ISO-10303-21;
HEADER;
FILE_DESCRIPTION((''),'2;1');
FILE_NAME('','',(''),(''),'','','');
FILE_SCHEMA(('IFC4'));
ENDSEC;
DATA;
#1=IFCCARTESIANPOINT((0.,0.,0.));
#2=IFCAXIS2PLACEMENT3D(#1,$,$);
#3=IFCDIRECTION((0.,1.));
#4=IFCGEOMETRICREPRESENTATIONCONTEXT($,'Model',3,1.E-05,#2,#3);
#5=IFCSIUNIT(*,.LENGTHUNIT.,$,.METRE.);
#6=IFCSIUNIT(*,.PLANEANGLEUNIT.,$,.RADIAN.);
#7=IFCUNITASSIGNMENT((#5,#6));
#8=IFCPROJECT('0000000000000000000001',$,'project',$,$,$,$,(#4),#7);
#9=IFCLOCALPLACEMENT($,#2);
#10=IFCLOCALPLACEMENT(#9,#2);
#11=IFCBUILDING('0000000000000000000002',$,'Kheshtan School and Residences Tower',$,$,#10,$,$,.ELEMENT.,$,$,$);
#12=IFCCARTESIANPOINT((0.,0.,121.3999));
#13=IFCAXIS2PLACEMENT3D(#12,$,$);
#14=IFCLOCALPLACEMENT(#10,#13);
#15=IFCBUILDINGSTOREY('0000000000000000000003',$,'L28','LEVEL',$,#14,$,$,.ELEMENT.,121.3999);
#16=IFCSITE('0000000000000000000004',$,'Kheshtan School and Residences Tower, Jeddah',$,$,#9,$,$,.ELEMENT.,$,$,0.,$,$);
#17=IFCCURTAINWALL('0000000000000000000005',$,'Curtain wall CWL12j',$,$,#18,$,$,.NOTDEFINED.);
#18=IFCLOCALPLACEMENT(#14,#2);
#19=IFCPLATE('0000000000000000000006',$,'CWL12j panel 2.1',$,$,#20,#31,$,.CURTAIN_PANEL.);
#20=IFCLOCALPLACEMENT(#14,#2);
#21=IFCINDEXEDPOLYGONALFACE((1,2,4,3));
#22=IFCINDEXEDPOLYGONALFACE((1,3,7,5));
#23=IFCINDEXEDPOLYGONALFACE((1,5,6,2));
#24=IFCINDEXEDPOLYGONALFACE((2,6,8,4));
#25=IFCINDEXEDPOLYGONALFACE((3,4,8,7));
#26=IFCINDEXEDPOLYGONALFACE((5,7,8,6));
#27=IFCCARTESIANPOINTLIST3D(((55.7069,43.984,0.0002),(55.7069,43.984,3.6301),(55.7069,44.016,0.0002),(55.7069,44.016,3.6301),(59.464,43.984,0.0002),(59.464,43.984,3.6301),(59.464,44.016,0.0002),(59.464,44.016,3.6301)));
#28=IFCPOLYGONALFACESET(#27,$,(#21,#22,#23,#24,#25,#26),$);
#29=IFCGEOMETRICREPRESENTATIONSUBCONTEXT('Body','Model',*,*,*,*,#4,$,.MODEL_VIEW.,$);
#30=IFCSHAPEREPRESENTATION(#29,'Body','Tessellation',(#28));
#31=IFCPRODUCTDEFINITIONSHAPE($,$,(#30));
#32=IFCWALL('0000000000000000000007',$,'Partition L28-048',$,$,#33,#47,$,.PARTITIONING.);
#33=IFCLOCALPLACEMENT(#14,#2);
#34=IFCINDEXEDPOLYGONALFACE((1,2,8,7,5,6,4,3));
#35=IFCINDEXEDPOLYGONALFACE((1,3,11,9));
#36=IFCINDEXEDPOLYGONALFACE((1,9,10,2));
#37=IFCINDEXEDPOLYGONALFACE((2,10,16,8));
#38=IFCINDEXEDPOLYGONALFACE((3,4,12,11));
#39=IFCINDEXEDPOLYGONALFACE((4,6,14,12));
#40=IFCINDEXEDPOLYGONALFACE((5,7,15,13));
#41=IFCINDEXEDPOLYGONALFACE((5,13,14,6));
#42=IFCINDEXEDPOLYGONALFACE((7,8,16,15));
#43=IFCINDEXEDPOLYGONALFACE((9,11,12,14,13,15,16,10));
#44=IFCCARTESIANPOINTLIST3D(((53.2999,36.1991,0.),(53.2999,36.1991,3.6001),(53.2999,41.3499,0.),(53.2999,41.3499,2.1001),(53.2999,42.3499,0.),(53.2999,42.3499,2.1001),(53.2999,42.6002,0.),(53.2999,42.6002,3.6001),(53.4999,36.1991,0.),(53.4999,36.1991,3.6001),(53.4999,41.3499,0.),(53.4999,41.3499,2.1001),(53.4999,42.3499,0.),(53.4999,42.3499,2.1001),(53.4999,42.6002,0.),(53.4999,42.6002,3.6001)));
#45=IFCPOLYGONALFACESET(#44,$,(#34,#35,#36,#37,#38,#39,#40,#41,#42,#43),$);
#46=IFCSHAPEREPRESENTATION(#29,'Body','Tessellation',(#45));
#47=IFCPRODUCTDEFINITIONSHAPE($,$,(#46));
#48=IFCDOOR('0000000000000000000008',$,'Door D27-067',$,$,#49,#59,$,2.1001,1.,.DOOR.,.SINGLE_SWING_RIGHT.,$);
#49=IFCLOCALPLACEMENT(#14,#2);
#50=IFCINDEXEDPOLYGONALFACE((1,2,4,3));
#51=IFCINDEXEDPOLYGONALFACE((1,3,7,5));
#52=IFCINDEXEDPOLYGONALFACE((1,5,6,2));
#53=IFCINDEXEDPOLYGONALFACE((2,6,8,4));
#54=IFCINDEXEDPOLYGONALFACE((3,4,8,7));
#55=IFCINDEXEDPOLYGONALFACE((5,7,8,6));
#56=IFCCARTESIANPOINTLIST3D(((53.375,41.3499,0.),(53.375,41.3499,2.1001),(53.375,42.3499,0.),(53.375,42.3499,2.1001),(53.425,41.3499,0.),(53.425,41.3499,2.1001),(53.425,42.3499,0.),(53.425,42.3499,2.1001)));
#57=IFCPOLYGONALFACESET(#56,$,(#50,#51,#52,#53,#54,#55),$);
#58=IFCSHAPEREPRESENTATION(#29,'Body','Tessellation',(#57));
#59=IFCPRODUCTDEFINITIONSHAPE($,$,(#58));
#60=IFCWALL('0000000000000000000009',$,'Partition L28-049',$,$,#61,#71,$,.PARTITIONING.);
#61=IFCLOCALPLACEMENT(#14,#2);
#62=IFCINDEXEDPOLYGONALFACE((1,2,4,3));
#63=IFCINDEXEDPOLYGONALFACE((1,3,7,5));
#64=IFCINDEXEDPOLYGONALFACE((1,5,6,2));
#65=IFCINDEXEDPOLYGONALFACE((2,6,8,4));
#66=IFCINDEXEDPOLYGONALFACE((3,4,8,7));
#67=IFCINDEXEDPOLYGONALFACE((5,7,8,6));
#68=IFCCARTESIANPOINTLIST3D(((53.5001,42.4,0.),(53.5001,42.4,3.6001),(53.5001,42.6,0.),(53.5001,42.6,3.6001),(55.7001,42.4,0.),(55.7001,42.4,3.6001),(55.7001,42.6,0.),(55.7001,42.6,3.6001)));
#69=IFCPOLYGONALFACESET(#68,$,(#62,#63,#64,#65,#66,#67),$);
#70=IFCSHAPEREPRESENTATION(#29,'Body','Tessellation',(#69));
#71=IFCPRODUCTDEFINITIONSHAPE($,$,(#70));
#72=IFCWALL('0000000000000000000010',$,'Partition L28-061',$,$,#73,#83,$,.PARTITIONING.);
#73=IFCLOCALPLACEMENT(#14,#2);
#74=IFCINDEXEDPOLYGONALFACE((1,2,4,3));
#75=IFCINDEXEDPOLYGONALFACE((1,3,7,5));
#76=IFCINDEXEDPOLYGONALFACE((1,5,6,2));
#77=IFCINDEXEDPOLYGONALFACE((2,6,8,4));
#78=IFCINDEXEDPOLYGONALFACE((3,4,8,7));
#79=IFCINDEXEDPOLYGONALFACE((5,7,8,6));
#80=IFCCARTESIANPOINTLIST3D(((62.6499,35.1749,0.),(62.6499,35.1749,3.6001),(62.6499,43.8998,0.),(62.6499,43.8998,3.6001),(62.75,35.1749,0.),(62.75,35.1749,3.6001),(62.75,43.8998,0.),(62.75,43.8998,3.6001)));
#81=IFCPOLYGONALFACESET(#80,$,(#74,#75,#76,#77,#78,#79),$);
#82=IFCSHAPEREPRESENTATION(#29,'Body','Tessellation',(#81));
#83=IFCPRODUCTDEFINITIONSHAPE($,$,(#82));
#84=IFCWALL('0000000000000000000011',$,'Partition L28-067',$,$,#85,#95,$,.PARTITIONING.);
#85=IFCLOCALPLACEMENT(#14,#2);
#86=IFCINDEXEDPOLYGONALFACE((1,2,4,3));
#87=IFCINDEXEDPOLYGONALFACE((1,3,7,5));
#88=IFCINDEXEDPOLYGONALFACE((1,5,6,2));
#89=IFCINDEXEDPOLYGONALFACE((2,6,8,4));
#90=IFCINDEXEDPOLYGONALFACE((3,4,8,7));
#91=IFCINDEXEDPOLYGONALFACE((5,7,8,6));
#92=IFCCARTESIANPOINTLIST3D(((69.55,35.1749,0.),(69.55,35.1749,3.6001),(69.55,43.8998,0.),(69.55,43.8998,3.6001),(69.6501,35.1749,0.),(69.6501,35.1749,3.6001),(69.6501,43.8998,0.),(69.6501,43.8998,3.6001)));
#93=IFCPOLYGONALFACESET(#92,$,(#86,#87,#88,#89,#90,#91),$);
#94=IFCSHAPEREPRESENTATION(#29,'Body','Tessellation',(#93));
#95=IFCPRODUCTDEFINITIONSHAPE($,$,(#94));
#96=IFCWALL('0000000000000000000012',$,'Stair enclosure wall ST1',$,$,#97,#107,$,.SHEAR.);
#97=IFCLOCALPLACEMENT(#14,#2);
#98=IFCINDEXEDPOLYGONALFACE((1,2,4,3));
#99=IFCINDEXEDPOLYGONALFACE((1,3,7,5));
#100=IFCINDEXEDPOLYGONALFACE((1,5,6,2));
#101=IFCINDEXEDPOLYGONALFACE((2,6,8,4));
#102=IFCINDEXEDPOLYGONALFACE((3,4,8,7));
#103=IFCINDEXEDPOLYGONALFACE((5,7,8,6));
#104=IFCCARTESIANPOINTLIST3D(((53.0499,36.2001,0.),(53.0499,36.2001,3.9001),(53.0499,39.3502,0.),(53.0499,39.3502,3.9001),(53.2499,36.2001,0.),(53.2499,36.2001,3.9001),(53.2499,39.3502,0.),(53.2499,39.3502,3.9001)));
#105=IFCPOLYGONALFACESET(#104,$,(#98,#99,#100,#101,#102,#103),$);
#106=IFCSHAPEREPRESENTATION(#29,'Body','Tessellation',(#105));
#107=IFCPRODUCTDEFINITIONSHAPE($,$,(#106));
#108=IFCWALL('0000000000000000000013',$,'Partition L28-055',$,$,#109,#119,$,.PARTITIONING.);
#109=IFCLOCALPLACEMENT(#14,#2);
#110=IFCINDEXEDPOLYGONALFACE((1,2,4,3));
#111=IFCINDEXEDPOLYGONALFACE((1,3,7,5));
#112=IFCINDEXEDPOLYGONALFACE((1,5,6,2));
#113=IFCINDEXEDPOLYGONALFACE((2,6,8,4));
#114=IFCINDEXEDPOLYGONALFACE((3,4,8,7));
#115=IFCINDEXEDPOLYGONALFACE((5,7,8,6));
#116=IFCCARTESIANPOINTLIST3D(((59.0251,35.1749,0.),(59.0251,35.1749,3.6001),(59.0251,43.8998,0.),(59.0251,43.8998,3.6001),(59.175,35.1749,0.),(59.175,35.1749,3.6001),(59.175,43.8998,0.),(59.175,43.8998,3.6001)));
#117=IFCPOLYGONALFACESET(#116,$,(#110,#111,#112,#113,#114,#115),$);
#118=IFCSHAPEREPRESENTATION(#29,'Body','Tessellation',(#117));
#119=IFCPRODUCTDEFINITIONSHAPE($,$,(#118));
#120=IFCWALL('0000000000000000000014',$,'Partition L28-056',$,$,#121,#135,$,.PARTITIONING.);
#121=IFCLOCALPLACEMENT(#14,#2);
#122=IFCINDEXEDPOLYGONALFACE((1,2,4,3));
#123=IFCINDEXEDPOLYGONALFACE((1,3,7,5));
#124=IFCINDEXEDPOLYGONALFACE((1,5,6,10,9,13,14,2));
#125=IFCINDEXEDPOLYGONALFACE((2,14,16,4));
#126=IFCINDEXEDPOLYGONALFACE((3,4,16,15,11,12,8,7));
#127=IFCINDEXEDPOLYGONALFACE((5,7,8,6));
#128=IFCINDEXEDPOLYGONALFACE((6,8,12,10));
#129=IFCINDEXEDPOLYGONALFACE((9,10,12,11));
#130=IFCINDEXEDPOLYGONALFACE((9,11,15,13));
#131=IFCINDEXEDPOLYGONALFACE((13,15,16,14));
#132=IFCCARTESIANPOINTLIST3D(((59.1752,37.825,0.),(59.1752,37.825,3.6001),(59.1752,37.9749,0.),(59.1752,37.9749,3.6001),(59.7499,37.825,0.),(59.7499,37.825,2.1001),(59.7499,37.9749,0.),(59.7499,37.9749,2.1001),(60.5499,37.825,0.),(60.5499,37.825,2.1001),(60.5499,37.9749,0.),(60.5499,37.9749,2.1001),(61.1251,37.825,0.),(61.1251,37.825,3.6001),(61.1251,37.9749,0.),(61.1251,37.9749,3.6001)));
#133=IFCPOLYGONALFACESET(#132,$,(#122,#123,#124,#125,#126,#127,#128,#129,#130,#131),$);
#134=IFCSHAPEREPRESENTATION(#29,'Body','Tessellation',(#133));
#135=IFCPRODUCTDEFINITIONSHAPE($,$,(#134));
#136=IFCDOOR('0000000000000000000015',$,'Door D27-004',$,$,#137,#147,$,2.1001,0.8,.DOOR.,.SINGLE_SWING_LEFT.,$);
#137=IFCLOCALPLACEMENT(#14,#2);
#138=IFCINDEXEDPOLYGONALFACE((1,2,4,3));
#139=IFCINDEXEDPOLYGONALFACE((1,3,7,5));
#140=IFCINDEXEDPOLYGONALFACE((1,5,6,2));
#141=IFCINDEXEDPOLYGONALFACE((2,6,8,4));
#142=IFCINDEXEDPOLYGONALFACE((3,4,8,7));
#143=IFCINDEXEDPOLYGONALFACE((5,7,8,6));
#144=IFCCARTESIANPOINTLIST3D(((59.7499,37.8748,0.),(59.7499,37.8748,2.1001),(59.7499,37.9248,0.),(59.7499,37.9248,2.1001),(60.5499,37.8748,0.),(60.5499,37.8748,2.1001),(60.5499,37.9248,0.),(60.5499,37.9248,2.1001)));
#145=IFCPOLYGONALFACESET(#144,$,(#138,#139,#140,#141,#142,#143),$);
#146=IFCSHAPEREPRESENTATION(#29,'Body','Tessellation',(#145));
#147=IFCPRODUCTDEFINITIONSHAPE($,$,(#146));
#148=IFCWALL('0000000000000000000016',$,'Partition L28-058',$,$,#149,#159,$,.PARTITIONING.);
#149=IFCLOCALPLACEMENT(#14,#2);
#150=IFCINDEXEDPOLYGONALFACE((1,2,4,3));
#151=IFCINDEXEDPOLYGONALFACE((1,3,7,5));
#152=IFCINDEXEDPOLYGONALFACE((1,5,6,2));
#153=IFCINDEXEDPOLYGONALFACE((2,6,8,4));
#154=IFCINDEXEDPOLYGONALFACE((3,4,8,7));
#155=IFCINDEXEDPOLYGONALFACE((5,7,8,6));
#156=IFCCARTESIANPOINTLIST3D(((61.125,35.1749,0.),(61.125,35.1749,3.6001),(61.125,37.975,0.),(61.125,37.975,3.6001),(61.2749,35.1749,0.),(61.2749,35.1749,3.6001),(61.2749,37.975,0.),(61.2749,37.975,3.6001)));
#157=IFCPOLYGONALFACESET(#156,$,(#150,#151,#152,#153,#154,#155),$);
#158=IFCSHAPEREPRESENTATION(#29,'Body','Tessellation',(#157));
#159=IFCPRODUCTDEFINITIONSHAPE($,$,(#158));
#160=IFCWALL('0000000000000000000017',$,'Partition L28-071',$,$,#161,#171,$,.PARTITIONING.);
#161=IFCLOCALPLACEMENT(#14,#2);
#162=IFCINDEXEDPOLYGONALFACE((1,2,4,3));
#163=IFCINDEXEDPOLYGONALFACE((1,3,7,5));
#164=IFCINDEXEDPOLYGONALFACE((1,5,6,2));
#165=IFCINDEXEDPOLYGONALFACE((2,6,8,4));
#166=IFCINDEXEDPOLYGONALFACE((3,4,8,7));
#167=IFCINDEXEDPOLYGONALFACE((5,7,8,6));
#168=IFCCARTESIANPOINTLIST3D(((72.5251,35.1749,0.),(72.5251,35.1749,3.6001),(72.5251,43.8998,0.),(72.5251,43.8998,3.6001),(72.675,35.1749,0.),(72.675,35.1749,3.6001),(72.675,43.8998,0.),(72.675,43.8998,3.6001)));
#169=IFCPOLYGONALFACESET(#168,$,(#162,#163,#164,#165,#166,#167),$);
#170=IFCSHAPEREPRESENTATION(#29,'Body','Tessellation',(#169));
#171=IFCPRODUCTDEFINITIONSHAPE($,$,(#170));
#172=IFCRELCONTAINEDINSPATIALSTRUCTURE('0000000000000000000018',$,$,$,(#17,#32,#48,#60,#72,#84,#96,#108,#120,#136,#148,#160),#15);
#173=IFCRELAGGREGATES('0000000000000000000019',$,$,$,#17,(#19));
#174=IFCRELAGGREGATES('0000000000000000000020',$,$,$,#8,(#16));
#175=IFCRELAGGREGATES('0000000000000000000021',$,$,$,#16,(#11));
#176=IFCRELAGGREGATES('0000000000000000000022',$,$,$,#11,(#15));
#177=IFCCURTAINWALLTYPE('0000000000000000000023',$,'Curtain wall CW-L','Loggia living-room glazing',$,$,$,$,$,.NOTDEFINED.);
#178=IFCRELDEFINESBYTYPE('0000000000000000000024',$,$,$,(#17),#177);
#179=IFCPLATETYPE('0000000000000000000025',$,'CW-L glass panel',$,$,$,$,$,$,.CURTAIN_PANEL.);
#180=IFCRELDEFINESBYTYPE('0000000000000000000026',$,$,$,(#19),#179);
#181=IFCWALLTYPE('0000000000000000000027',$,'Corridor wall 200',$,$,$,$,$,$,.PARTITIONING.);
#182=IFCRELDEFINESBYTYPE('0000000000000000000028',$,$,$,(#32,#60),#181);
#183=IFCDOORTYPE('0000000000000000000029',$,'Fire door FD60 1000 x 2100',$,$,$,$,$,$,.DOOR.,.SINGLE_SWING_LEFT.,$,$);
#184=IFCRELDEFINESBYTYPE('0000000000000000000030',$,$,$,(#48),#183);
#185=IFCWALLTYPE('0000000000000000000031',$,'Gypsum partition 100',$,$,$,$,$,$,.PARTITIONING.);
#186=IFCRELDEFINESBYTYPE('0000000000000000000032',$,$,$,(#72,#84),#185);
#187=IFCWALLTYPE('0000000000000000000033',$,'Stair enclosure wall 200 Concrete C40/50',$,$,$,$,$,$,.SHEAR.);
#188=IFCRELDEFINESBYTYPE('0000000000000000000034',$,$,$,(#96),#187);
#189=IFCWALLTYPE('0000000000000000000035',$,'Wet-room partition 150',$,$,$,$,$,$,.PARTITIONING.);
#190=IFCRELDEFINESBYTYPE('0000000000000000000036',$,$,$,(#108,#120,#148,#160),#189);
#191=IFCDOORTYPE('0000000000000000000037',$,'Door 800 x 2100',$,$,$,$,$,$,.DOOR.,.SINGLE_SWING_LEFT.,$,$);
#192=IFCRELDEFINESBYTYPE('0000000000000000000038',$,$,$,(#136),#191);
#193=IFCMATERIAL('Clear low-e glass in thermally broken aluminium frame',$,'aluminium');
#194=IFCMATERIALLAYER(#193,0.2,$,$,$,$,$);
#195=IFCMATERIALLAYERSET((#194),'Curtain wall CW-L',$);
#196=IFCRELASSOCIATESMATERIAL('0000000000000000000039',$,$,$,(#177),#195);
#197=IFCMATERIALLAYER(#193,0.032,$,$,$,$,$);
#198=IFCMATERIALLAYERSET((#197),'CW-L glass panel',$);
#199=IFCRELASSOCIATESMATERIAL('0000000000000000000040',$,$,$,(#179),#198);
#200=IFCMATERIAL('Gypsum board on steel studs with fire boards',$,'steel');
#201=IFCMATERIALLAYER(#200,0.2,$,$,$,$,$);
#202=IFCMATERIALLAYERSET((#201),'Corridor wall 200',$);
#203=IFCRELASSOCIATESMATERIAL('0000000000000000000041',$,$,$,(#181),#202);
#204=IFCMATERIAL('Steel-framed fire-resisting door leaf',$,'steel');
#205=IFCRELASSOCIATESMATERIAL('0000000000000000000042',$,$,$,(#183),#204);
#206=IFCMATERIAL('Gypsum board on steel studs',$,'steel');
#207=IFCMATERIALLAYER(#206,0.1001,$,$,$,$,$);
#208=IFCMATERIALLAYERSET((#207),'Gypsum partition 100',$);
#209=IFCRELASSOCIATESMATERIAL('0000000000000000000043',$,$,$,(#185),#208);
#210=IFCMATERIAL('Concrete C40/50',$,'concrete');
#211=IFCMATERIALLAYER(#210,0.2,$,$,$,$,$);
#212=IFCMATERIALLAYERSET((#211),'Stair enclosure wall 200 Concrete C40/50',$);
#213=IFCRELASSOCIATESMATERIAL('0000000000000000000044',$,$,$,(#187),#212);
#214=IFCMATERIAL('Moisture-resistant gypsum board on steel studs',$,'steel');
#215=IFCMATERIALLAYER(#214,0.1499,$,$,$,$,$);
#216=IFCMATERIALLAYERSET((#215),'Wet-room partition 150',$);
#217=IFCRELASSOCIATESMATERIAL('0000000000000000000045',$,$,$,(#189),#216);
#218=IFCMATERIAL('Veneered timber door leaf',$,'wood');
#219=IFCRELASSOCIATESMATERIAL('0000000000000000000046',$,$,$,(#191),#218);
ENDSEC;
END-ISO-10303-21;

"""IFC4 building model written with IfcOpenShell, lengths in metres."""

from ifc_helpers import new_model, si_unit, direction, frame, frame_2d, origin, origin_2d, place, context, subcontext, project, spatial, rectangle, extrude, source, transform, mapped, material, layer, layer_set, type_object, element, fill, aggregate, save


model = new_model("IFC4")

# Units and contexts
model_context = context("Model", 3, precision=1e-05, world=origin(), true_north=direction((0.0, 1.0)))
body_context = subcontext(model_context, "Body", "Model", "MODEL_VIEW")
ifc_project = project(units=[si_unit("LENGTHUNIT", "METRE"), si_unit("PLANEANGLEUNIT", "RADIAN")], contexts=[model_context])

# Site, building, storey
site_placement = place(None, origin())
site = spatial("IfcSite", under=ifc_project, at=site_placement, Name="Kheshtan School and Residences Tower, Jeddah", CompositionType="ELEMENT", RefElevation=0.0)
building_placement = place(site_placement, origin())
building = spatial("IfcBuilding", under=site, at=building_placement, Name="Kheshtan School and Residences Tower", CompositionType="ELEMENT")
storey_placement = place(building_placement, frame((0.0, 0.0, 121.3999)))
storey = spatial("IfcBuildingStorey", under=building, at=storey_placement, Name="L28", Description="LEVEL", CompositionType="ELEMENT", Elevation=121.3999)

# Curtain wall, plate
ifc_material_1 = material(Name="Clear low-e glass in thermally broken aluminium frame", Category="aluminium")
ifc_layer_1 = layer(ifc_material_1, 0.2)
ifc_layer_set_1 = layer_set([ifc_layer_1], Name="Curtain wall CW-L")
curtain_wall_type = type_object("IfcCurtainWallType", Name="Curtain wall CW-L", Description="Loggia living-room glazing", PredefinedType="NOTDEFINED", material=ifc_layer_set_1)
curtain_wall_placement = place(storey_placement, origin())
curtain_wall = element("IfcCurtainWall", 1, at=curtain_wall_placement, inside=storey, type_object=curtain_wall_type, Name="Curtain wall CWL12j", PredefinedType="NOTDEFINED")
ifc_layer_2 = layer(ifc_material_1, 0.032)
ifc_layer_set_2 = layer_set([ifc_layer_2], Name="CW-L glass panel")
plate_type = type_object("IfcPlateType", Name="CW-L glass panel", PredefinedType="CURTAIN_PANEL", material=ifc_layer_set_2)
plate_1_placement = place(storey_placement, frame((57.5854, 44.0, 0.0002), z_axis=(0.0, 0.0, 1.0), x_axis=(1.0, 0.0, 0.0)))
plate_1 = element("IfcPlate", 2, at=plate_1_placement, type_object=plate_type, Name="CWL12j panel 2.1", PredefinedType="CURTAIN_PANEL", context=body_context, shape_type="SweptSolid", body=[
    extrude(rectangle(XDim=3.7571, YDim=0.032, at=origin_2d()), origin(), (0.0, 0.0, 1.0), 3.6299),
])
aggregate(curtain_wall, [plate_1])

# Wall, opening, door
ifc_material_2 = material(Name="Gypsum board on steel studs with fire boards", Category="steel")
ifc_layer_3 = layer(ifc_material_2, 0.2)
ifc_layer_set_3 = layer_set([ifc_layer_3], Name="Corridor wall 200")
wall_type_1 = type_object("IfcWallType", Name="Corridor wall 200", PredefinedType="PARTITIONING", material=ifc_layer_set_3)
wall_1_placement = place(storey_placement, frame((53.3999, 36.199, 0.0), z_axis=(0.0, 0.0, 1.0), x_axis=(0.0, 1.0, 0.0)))
wall_1 = element("IfcWall", 3, at=wall_1_placement, inside=storey, type_object=wall_type_1, Name="Partition L28-048", PredefinedType="PARTITIONING", context=body_context, shape_type="SweptSolid", body=[
    extrude(rectangle(XDim=6.4011, YDim=0.2, at=frame_2d((3.2007, 0.0))), origin(), (0.0, 0.0, 1.0), 3.6001),
])
opening_1_placement = place(wall_1_placement, frame((5.1509, 0.0, 0.0)))
opening_1 = element("IfcOpeningElement", 4, at=opening_1_placement, cuts=wall_1, PredefinedType="OPENING", context=body_context, shape_type="SweptSolid", body=[
    extrude(rectangle(XDim=1.0, YDim=2.1001, at=frame_2d((0.5, 1.05))), frame((0.0, 0.1099, 0.0), z_axis=(0.0, -1.0, 0.0), x_axis=(1.0, 0.0, 0.0)), (0.0, 0.0, 1.0), 0.22),
])
ifc_material_3 = material(Name="Steel-framed fire-resisting door leaf", Category="steel")
door_type_1 = type_object("IfcDoorType", Name="Fire door FD60 1000 x 2100", OperationType="SINGLE_SWING_LEFT", PredefinedType="DOOR", material=ifc_material_3)
shared_shape_1 = source(origin(), body_context, "Body", "SweptSolid", [
    extrude(rectangle(XDim=1.0, YDim=2.1001, at=frame_2d((0.5, 1.05))), frame((0.0, 0.0249, 0.0), z_axis=(0.0, -1.0, 0.0), x_axis=(1.0, 0.0, 0.0)), (0.0, 0.0, 1.0), 0.05),
])
door_1_placement = place(opening_1_placement, origin())
door_1 = element("IfcDoor", 5, at=door_1_placement, inside=storey, type_object=door_type_1, Name="Door D27-067", OperationType="SINGLE_SWING_RIGHT", OverallHeight=2.1001, OverallWidth=1.0, PredefinedType="DOOR", context=body_context, shape_type="MappedRepresentation", body=[
    mapped(shared_shape_1, transform((0.0, 0.0, 0.0), x_axis=(1.0, 0.0, 0.0), y_axis=(0.0, 1.0, 0.0), z_axis=(0.0, 0.0, 1.0), scale=1.0)),
])
fill(opening_1, door_1)

# Wall
wall_2_placement = place(storey_placement, frame((53.5, 42.5, 0.0), z_axis=(0.0, 0.0, 1.0), x_axis=(1.0, 0.0, 0.0)))
element("IfcWall", 6, at=wall_2_placement, inside=storey, type_object=wall_type_1, Name="Partition L28-049", PredefinedType="PARTITIONING", context=body_context, shape_type="SweptSolid", body=[
    extrude(rectangle(XDim=2.2, YDim=0.2, at=frame_2d((1.1001, 0.0))), origin(), (0.0, 0.0, 1.0), 3.6001),
])

# Walls
ifc_material_4 = material(Name="Gypsum board on steel studs", Category="steel")
ifc_layer_4 = layer(ifc_material_4, 0.1001)
ifc_layer_set_4 = layer_set([ifc_layer_4], Name="Gypsum partition 100")
wall_type_2 = type_object("IfcWallType", Name="Gypsum partition 100", PredefinedType="PARTITIONING", material=ifc_layer_set_4)
for number, where, z_axis, x_axis, name in (
    (7, (62.7, 35.175, 0.0), (0.0, 0.0, 1.0), (0.0, 1.0, 0.0), "Partition L28-061"),
    (8, (69.6001, 35.175, 0.0), (0.0, 0.0, 1.0), (0.0, 1.0, 0.0), "Partition L28-067"),
):
    element("IfcWall", number, at=place(storey_placement, frame(where, z_axis=z_axis, x_axis=x_axis)), inside=storey, type_object=wall_type_2, Name=name, PredefinedType="PARTITIONING", context=body_context, shape_type="SweptSolid", body=[
        extrude(rectangle(XDim=8.7249, YDim=0.1001, at=frame_2d((4.3623, 0.0))), origin(), (0.0, 0.0, 1.0), 3.6001),
    ])
ifc_material_5 = material(Name="Concrete C40/50", Category="concrete")
ifc_layer_5 = layer(ifc_material_5, 0.2)
ifc_layer_set_5 = layer_set([ifc_layer_5], Name="Stair enclosure wall 200 Concrete C40/50")
wall_type_3 = type_object("IfcWallType", Name="Stair enclosure wall 200 Concrete C40/50", PredefinedType="SHEAR", material=ifc_layer_set_5)
wall_3_placement = place(storey_placement, frame((53.1499, 36.2, 0.0), z_axis=(0.0, 0.0, 1.0), x_axis=(0.0, 1.0, 0.0)))
element("IfcWall", 9, at=wall_3_placement, inside=storey, type_object=wall_type_3, Name="Stair enclosure wall ST1", PredefinedType="SHEAR", context=body_context, shape_type="SweptSolid", body=[
    extrude(rectangle(XDim=3.1501, YDim=0.2, at=frame_2d((1.5752, 0.0))), origin(), (0.0, 0.0, 1.0), 3.9001),
])
ifc_material_6 = material(Name="Moisture-resistant gypsum board on steel studs", Category="steel")
ifc_layer_6 = layer(ifc_material_6, 0.1499)
ifc_layer_set_6 = layer_set([ifc_layer_6], Name="Wet-room partition 150")
wall_type_4 = type_object("IfcWallType", Name="Wet-room partition 150", PredefinedType="PARTITIONING", material=ifc_layer_set_6)
wall_4_placement = place(storey_placement, frame((59.1001, 35.175, 0.0), z_axis=(0.0, 0.0, 1.0), x_axis=(0.0, 1.0, 0.0)))
element("IfcWall", 10, at=wall_4_placement, inside=storey, type_object=wall_type_4, Name="Partition L28-055", PredefinedType="PARTITIONING", context=body_context, shape_type="SweptSolid", body=[
    extrude(rectangle(XDim=8.7249, YDim=0.1499, at=frame_2d((4.3623, 0.0))), origin(), (0.0, 0.0, 1.0), 3.6001),
])

# Wall, opening, door
wall_5_placement = place(storey_placement, frame((59.175, 37.8999, 0.0), z_axis=(0.0, 0.0, 1.0), x_axis=(1.0, 0.0, 0.0)))
wall_5 = element("IfcWall", 11, at=wall_5_placement, inside=storey, type_object=wall_type_4, Name="Partition L28-056", PredefinedType="PARTITIONING", context=body_context, shape_type="SweptSolid", body=[
    extrude(rectangle(XDim=1.95, YDim=0.1499, at=frame_2d((0.9751, 0.0))), origin(), (0.0, 0.0, 1.0), 3.6001),
])
opening_2_placement = place(wall_5_placement, frame((0.575, 0.0, 0.0)))
opening_2 = element("IfcOpeningElement", 12, at=opening_2_placement, cuts=wall_5, PredefinedType="OPENING", context=body_context, shape_type="SweptSolid", body=[
    extrude(rectangle(XDim=0.8, YDim=2.1001, at=frame_2d((0.3999, 1.05))), frame((0.0, 0.085, 0.0), z_axis=(0.0, -1.0, 0.0), x_axis=(1.0, 0.0, 0.0)), (0.0, 0.0, 1.0), 0.1699),
])
ifc_material_7 = material(Name="Veneered timber door leaf", Category="wood")
door_type_2 = type_object("IfcDoorType", Name="Door 800 x 2100", OperationType="SINGLE_SWING_LEFT", PredefinedType="DOOR", material=ifc_material_7)
shared_shape_2 = source(origin(), body_context, "Body", "SweptSolid", [
    extrude(rectangle(XDim=0.8, YDim=2.1001, at=frame_2d((0.3999, 1.05))), frame((0.0, 0.0249, 0.0), z_axis=(0.0, -1.0, 0.0), x_axis=(1.0, 0.0, 0.0)), (0.0, 0.0, 1.0), 0.05),
])
door_2_placement = place(opening_2_placement, origin())
door_2 = element("IfcDoor", 13, at=door_2_placement, inside=storey, type_object=door_type_2, Name="Door D27-004", OperationType="SINGLE_SWING_LEFT", OverallHeight=2.1001, OverallWidth=0.8, PredefinedType="DOOR", context=body_context, shape_type="MappedRepresentation", body=[
    mapped(shared_shape_2, transform((0.0, 0.0, 0.0), x_axis=(1.0, 0.0, 0.0), y_axis=(0.0, 1.0, 0.0), z_axis=(0.0, 0.0, 1.0), scale=1.0)),
])
fill(opening_2, door_2)

# Walls
wall_6_placement = place(storey_placement, frame((61.2, 35.175, 0.0), z_axis=(0.0, 0.0, 1.0), x_axis=(0.0, 1.0, 0.0)))
element("IfcWall", 14, at=wall_6_placement, inside=storey, type_object=wall_type_4, Name="Partition L28-058", PredefinedType="PARTITIONING", context=body_context, shape_type="SweptSolid", body=[
    extrude(rectangle(XDim=2.8, YDim=0.1499, at=frame_2d((1.3999, 0.0))), origin(), (0.0, 0.0, 1.0), 3.6001),
])
wall_7_placement = place(storey_placement, frame((72.6001, 35.175, 0.0), z_axis=(0.0, 0.0, 1.0), x_axis=(0.0, 1.0, 0.0)))
element("IfcWall", 15, at=wall_7_placement, inside=storey, type_object=wall_type_4, Name="Partition L28-071", PredefinedType="PARTITIONING", context=body_context, shape_type="SweptSolid", body=[
    extrude(rectangle(XDim=8.7249, YDim=0.1499, at=frame_2d((4.3623, 0.0))), origin(), (0.0, 0.0, 1.0), 3.6001),
])

save(model, "model.ifc")
